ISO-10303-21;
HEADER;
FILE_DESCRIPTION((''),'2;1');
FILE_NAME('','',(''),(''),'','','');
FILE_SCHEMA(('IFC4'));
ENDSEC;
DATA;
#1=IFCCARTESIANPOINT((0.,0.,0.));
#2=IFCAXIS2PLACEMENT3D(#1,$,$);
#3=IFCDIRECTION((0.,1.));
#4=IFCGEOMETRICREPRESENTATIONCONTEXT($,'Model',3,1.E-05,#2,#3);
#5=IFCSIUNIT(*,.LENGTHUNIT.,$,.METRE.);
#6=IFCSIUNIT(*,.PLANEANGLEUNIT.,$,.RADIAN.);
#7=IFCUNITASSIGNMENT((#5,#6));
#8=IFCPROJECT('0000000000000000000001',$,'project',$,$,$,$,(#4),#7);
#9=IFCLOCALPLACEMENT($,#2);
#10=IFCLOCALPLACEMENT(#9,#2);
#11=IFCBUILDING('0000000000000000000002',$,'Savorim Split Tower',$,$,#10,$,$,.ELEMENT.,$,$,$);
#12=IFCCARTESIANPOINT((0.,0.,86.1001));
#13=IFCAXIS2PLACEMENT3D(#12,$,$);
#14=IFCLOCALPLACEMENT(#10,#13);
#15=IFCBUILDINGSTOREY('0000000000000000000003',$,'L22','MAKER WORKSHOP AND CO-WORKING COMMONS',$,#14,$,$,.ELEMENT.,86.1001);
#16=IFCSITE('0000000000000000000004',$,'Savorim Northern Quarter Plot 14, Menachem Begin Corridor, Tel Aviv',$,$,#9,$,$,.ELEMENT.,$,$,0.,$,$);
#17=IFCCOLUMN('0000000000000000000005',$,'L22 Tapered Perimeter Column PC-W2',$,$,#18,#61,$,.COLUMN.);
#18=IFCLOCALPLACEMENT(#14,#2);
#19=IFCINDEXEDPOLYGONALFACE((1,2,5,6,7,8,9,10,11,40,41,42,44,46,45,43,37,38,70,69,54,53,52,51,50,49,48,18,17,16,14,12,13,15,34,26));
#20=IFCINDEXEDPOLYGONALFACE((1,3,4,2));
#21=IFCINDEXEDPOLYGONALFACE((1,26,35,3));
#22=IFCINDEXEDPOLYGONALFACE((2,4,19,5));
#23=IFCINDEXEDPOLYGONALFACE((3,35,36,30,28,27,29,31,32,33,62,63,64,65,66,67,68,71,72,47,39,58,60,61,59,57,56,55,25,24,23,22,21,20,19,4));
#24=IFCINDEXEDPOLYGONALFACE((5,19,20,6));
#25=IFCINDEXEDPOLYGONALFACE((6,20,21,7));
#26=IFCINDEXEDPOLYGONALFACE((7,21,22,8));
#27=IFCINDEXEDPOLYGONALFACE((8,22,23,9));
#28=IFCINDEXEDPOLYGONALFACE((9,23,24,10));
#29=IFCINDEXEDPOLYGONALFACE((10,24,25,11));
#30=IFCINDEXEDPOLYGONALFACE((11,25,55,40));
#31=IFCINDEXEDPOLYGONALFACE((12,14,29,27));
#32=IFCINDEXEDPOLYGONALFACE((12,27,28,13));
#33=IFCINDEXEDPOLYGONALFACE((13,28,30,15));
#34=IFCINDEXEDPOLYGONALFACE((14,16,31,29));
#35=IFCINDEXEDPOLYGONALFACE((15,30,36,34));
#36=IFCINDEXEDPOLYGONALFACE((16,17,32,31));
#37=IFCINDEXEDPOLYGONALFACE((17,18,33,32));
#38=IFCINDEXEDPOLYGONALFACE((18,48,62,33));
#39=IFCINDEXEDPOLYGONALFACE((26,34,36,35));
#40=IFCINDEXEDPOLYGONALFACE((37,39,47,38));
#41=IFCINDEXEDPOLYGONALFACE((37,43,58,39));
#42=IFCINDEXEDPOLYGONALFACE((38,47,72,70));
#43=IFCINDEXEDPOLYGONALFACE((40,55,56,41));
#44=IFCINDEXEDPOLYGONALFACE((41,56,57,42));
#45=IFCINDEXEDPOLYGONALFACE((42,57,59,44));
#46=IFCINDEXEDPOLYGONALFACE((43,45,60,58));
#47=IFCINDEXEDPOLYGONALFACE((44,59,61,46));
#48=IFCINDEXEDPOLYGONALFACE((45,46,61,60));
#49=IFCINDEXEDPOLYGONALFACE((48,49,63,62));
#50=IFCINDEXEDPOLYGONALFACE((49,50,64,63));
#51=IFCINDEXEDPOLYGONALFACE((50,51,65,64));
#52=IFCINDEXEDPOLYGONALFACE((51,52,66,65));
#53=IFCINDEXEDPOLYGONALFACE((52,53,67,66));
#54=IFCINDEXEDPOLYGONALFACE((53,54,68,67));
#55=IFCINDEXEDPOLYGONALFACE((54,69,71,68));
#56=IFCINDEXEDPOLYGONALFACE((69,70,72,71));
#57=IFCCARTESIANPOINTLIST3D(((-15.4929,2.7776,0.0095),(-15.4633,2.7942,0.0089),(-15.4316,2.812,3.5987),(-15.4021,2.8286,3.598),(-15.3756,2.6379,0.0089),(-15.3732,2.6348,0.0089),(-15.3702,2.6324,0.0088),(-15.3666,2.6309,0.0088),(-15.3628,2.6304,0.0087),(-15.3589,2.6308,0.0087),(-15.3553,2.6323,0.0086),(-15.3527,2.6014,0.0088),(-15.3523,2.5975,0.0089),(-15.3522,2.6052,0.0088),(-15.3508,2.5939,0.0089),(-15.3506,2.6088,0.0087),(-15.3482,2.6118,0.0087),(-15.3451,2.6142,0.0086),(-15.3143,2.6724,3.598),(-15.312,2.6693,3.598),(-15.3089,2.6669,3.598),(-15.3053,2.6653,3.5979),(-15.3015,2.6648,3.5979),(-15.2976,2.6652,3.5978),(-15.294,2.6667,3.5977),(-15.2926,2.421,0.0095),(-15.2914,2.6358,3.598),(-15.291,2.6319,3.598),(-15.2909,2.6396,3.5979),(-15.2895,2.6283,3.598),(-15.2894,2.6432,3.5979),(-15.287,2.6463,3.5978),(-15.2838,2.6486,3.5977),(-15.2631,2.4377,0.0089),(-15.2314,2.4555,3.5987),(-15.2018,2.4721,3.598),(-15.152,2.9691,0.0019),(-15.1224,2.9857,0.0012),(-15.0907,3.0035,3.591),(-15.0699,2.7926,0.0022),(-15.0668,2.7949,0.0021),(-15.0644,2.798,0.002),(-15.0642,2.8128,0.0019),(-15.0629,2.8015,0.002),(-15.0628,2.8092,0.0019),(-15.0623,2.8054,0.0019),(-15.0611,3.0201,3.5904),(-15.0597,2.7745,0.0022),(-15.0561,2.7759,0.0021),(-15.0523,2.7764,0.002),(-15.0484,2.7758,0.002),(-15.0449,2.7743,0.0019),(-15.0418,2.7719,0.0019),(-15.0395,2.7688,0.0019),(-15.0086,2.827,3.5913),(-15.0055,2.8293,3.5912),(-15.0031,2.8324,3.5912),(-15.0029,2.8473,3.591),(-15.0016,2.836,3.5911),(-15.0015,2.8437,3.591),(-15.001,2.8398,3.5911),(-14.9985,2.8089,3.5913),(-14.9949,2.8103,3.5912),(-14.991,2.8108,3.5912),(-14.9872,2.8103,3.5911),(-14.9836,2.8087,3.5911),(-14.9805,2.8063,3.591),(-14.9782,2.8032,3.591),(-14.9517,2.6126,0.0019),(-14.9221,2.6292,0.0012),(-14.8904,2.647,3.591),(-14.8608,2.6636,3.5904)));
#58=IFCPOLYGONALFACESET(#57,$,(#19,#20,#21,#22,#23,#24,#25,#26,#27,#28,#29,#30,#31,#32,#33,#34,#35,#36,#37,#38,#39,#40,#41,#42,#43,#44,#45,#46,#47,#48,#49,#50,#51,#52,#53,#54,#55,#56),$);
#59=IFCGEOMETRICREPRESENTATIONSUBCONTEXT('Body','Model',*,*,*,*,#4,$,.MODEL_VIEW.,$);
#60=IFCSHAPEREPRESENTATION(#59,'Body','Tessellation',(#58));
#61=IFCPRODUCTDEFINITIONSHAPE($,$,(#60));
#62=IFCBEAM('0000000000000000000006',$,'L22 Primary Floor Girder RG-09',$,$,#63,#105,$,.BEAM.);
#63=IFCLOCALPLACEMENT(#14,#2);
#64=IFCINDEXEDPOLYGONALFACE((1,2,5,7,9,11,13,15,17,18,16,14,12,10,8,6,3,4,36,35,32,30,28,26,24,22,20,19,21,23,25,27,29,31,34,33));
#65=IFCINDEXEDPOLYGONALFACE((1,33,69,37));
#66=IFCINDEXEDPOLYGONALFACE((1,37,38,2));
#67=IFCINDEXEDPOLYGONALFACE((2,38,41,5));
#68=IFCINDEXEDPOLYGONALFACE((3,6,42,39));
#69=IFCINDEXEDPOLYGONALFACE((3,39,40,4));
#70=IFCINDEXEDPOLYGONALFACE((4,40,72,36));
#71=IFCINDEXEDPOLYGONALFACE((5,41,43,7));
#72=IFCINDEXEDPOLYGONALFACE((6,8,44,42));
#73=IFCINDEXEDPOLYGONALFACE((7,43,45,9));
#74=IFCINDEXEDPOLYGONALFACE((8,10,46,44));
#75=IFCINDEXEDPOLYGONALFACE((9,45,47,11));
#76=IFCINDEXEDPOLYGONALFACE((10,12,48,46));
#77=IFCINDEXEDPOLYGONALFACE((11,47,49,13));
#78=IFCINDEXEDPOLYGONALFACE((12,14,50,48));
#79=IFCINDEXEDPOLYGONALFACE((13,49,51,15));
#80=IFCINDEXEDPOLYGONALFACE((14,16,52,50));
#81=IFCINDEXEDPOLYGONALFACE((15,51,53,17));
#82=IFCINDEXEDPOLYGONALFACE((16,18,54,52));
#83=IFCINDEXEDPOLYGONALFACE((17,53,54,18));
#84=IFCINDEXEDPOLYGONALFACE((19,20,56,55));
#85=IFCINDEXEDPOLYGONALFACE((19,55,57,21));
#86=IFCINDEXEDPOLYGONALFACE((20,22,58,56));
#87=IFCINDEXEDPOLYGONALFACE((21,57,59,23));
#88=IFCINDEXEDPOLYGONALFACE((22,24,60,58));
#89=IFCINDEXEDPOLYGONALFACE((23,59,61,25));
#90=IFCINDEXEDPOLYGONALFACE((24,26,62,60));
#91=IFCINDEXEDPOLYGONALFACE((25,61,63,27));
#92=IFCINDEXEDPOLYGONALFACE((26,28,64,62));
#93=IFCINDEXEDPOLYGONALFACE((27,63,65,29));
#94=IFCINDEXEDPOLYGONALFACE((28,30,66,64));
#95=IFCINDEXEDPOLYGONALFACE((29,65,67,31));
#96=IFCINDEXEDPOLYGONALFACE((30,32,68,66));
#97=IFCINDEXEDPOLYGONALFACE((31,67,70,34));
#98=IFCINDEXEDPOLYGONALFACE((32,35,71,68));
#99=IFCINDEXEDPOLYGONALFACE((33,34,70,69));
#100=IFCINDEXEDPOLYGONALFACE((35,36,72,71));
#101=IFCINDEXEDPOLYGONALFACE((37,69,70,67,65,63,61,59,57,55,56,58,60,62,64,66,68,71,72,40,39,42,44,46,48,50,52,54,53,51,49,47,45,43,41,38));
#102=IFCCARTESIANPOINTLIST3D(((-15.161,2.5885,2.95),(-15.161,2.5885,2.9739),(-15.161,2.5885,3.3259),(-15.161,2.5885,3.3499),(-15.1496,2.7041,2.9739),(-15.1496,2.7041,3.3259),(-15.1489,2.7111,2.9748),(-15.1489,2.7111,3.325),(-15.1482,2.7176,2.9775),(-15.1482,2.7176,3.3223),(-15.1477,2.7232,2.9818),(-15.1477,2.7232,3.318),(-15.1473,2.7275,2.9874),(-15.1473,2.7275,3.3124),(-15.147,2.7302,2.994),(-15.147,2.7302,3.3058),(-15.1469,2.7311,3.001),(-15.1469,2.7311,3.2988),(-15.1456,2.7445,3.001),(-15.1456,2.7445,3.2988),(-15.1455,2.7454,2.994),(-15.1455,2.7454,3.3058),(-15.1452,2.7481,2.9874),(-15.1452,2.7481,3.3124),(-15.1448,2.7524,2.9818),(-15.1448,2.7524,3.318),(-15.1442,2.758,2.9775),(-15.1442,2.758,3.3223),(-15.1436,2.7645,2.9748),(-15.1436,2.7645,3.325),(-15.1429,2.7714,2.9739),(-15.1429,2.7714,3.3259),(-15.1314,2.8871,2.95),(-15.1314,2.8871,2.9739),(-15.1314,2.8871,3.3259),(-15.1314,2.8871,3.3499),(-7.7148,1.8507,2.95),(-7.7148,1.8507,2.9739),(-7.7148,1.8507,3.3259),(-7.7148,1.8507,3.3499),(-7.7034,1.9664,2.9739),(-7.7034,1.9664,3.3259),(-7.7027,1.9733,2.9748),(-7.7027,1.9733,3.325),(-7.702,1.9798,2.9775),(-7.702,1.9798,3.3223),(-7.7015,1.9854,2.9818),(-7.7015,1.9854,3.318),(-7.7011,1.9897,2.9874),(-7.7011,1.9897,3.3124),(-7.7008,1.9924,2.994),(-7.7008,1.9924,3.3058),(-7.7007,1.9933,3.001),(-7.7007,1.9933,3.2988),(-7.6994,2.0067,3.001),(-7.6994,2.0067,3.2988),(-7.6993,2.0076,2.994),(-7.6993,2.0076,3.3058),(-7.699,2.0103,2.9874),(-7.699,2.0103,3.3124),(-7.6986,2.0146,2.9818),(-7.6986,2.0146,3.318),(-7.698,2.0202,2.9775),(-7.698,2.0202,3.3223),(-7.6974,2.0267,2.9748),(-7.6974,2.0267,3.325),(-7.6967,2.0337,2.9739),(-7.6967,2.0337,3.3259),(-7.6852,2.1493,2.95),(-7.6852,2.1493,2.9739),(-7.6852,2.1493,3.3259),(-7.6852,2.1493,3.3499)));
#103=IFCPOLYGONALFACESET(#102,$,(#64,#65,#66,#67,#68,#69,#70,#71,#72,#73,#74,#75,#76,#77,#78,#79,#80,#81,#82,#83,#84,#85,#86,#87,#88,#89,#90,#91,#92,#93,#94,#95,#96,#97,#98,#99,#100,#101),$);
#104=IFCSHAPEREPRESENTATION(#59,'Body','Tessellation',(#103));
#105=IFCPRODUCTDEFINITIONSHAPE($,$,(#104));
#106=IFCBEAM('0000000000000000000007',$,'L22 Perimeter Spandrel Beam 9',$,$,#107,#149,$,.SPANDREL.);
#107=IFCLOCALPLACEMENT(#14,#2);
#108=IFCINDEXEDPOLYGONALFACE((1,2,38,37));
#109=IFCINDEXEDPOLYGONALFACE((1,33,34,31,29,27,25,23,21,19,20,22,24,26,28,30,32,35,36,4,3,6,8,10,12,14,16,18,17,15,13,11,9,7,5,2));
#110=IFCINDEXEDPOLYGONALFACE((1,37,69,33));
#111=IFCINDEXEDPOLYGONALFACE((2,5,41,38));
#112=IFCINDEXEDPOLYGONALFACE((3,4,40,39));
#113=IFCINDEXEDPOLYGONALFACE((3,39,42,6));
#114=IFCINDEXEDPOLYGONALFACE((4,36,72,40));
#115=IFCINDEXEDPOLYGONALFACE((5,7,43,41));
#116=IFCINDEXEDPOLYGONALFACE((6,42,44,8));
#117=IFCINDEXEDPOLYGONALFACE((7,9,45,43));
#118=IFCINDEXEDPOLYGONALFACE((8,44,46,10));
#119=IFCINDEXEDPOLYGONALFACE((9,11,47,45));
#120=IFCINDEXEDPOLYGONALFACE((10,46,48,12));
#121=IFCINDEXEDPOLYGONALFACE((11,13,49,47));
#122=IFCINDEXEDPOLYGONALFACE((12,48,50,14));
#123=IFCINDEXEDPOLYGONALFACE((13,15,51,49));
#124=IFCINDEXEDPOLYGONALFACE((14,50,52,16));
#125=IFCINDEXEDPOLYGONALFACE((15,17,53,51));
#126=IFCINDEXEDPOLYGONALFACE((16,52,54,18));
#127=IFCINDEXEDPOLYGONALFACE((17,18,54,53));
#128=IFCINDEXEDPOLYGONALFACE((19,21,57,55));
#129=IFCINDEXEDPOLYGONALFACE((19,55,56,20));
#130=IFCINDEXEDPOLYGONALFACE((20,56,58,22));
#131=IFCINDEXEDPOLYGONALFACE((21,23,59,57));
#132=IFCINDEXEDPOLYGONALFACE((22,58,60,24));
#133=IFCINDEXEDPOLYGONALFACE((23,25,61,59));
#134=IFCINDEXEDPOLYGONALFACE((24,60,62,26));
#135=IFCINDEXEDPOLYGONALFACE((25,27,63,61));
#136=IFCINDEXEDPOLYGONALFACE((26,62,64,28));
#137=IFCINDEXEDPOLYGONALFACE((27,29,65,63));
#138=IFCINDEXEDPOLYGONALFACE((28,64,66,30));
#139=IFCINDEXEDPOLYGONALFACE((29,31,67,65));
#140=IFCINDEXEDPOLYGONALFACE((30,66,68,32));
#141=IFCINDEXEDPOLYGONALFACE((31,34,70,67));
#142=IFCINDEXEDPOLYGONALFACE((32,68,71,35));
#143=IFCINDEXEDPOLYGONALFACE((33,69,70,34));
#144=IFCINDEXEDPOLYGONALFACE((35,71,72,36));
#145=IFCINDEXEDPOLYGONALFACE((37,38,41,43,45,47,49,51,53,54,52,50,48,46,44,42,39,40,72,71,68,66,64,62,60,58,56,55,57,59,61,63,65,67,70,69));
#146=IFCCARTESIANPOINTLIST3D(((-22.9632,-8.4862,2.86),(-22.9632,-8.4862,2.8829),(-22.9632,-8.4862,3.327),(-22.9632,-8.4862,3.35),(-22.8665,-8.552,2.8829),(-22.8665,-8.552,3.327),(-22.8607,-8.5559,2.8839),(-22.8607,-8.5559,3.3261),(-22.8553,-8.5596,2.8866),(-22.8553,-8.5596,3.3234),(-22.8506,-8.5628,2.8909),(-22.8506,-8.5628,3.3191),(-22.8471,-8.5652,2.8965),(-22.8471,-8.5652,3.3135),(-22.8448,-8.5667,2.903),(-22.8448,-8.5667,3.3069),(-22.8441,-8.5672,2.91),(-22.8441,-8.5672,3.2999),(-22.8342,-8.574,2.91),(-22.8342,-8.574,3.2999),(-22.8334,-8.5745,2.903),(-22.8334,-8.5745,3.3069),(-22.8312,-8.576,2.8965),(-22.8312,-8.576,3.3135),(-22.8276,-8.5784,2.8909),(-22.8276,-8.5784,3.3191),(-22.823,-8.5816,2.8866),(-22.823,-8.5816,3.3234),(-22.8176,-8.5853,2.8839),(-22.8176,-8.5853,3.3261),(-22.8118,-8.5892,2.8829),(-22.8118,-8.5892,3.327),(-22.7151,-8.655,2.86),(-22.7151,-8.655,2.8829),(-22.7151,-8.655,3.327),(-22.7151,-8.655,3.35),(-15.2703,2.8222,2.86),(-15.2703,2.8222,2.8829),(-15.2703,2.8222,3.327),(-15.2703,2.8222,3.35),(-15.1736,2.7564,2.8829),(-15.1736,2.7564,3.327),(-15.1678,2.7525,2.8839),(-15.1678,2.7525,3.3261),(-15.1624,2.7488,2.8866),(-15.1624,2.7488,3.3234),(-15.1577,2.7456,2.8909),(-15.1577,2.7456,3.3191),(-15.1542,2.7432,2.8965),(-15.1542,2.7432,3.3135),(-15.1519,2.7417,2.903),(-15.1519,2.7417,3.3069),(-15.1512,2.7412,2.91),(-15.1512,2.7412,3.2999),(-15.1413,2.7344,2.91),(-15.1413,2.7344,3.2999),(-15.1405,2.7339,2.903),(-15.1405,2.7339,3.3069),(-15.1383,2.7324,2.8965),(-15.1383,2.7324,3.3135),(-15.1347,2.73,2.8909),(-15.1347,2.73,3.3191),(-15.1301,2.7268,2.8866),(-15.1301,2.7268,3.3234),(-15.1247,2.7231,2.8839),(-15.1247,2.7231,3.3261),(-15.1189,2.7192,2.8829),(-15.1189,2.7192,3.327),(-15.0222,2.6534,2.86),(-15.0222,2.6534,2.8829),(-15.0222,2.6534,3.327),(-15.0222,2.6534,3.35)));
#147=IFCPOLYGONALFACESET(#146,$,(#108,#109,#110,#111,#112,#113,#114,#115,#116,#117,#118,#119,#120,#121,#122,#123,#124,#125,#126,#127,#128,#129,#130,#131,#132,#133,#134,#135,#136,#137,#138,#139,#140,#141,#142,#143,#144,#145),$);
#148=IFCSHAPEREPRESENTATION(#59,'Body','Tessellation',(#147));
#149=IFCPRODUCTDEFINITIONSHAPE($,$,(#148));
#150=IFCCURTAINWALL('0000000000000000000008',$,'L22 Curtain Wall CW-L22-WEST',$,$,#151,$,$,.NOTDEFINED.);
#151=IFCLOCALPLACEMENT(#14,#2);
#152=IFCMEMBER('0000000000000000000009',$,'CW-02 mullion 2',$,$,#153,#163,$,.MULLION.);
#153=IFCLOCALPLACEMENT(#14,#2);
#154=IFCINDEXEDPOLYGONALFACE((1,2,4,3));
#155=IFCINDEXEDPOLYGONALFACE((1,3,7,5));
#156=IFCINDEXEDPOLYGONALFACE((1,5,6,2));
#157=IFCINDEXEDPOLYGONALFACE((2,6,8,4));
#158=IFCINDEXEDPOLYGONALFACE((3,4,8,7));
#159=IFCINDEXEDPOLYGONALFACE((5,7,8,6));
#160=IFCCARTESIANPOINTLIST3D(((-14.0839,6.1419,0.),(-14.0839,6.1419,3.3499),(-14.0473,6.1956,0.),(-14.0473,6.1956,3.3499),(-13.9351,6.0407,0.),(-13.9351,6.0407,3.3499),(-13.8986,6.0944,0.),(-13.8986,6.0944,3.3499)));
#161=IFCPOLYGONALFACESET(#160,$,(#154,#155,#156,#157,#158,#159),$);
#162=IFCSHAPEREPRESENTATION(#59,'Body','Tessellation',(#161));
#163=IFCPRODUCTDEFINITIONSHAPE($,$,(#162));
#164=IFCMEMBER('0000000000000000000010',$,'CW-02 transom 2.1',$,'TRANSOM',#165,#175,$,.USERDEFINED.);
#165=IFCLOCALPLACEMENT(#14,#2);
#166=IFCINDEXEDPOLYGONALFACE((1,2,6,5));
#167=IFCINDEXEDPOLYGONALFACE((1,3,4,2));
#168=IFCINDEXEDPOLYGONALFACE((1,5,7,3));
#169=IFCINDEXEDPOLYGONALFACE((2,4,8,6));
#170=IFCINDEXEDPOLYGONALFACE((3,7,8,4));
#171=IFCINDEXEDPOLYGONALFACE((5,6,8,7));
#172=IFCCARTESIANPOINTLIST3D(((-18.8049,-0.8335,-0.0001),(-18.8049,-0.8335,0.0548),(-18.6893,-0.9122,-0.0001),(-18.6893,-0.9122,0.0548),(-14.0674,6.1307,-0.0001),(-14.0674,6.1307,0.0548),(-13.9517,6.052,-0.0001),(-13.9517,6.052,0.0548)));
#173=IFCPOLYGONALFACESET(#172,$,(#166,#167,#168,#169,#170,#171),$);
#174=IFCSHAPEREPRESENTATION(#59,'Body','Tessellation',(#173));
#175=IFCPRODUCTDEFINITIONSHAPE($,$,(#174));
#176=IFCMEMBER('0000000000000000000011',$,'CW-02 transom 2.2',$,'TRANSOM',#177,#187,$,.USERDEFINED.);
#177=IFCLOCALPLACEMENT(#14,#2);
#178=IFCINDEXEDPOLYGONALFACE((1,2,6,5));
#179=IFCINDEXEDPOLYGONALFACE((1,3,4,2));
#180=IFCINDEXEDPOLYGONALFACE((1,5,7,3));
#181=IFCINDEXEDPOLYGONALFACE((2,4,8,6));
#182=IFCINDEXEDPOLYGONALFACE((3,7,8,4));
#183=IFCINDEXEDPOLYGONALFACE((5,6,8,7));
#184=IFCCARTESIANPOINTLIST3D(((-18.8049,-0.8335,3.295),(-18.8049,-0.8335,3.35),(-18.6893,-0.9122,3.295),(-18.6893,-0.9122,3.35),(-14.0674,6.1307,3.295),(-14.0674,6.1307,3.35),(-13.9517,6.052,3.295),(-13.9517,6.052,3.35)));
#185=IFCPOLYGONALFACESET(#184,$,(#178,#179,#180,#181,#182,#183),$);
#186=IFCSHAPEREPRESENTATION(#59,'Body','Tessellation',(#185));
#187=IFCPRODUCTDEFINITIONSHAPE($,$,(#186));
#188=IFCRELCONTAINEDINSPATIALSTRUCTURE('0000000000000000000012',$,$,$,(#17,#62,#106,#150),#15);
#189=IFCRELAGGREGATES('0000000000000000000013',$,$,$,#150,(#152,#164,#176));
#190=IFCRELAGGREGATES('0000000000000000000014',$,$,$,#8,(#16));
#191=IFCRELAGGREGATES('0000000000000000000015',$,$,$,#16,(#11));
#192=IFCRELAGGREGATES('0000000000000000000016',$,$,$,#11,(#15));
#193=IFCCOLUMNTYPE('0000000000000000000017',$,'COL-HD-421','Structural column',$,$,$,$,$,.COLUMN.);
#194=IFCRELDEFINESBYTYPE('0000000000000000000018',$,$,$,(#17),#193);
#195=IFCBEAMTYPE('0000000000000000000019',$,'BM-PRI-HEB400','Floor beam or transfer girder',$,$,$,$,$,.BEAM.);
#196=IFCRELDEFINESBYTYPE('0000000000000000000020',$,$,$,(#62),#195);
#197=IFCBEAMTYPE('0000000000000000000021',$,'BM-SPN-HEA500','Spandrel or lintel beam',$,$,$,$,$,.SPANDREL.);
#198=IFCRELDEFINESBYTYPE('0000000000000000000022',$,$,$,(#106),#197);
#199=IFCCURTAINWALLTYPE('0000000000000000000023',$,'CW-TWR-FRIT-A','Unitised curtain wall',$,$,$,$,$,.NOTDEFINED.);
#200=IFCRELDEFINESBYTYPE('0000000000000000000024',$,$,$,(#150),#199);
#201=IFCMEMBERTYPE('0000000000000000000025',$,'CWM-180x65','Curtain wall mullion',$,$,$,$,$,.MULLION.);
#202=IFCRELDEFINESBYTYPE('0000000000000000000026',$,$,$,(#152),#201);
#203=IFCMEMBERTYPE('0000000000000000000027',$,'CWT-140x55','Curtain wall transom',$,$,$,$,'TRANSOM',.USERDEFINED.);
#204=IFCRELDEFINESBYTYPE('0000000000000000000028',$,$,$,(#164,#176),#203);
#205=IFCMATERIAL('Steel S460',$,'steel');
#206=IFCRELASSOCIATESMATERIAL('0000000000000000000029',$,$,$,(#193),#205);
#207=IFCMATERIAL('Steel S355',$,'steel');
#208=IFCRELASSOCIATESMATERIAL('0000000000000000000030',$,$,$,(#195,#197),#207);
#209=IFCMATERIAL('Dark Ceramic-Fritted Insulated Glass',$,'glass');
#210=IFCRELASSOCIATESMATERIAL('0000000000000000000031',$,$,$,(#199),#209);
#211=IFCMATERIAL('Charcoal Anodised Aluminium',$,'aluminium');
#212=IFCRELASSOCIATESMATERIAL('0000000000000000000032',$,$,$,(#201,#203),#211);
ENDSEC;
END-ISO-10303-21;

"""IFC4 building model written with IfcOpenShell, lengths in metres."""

from ifc_helpers import new_model, si_unit, direction, frame, origin, origin_2d, place, context, subcontext, project, spatial, rectangle, i_section, extrude, material, material_profile, profile_set, type_object, element, aggregate, save


model = new_model("IFC4")

# Units and contexts
model_context = context("Model", 3, precision=1e-05, world=origin(), true_north=direction((0.0, 1.0)))
body_context = subcontext(model_context, "Body", "Model", "MODEL_VIEW")
ifc_project = project(units=[si_unit("LENGTHUNIT", "METRE"), si_unit("PLANEANGLEUNIT", "RADIAN")], contexts=[model_context])

# Site, building, storey
site_placement = place(None, origin())
site = spatial("IfcSite", under=ifc_project, at=site_placement, Name="Savorim Northern Quarter Plot 14, Menachem Begin Corridor, Tel Aviv", CompositionType="ELEMENT", RefElevation=0.0)
building_placement = place(site_placement, origin())
building = spatial("IfcBuilding", under=site, at=building_placement, Name="Savorim Split Tower", CompositionType="ELEMENT")
storey_placement = place(building_placement, frame((0.0, 0.0, 86.1001)))
storey = spatial("IfcBuildingStorey", under=building, at=storey_placement, Name="L22", Description="MAKER WORKSHOP AND CO-WORKING COMMONS", CompositionType="ELEMENT", Elevation=86.1001)

# Column
ifc_material_1 = material(Name="Steel S460", Category="steel")
ifc_material_profile_1 = material_profile(ifc_material_1, i_section(OverallWidth=0.4089, OverallDepth=0.425, WebThickness=0.0208, FlangeThickness=0.0339, FilletRadius=0.0149, at=origin_2d()), Name="HD 400x421")
ifc_profile_set_1 = profile_set([ifc_material_profile_1], Name="Steel S460")
column_type = type_object("IfcColumnType", Name="COL-HD-421", Description="Structural column", PredefinedType="COLUMN", material=ifc_profile_set_1)
column_placement = place(storey_placement, frame((-15.2075, 2.7034, 0.0054), z_axis=(0.01707, 0.009589, 0.999808), x_axis=(-0.489766, 0.871854, 0.0)))
element("IfcColumn", 1, at=column_placement, inside=storey, type_object=column_type, Name="L22 Tapered Perimeter Column PC-W2", PredefinedType="COLUMN", context=body_context, shape_type="SweptSolid", body=[
    extrude(i_section(OverallWidth=0.4089, OverallDepth=0.425, WebThickness=0.0208, FlangeThickness=0.0339, FilletRadius=0.0149, at=origin_2d()), origin(), (0.0, 0.0, 1.0), 3.5898),
])

# Beams
ifc_material_2 = material(Name="Steel S355", Category="steel")
ifc_material_profile_2 = material_profile(ifc_material_2, i_section(OverallWidth=0.3, OverallDepth=0.3999, WebThickness=0.0134, FlangeThickness=0.0239, FilletRadius=0.0271, at=origin_2d()), Name="HEB 400")
ifc_profile_set_2 = profile_set([ifc_material_profile_2], Name="Steel S355")
beam_type_1 = type_object("IfcBeamType", Name="BM-PRI-HEB400", Description="Floor beam or transfer girder", PredefinedType="BEAM", material=ifc_profile_set_2)
beam_1_placement = place(storey_placement, frame((-15.1462, 2.7378, 3.1499), z_axis=(0.995127, -0.098599, 0.0), x_axis=(0.098599, 0.995127, 0.0)))
element("IfcBeam", 2, at=beam_1_placement, inside=storey, type_object=beam_type_1, Name="L22 Primary Floor Girder RG-09", PredefinedType="BEAM", context=body_context, shape_type="SweptSolid", body=[
    extrude(i_section(OverallWidth=0.3, OverallDepth=0.3999, WebThickness=0.0134, FlangeThickness=0.0239, FilletRadius=0.0271, at=origin_2d()), origin(), (0.0, 0.0, 1.0), 7.4827),
])
ifc_material_profile_3 = material_profile(ifc_material_2, i_section(OverallWidth=0.3, OverallDepth=0.49, WebThickness=0.012, FlangeThickness=0.0229, FilletRadius=0.0271, at=origin_2d()), Name="HEA 500")
ifc_profile_set_3 = profile_set([ifc_material_profile_3], Name="Steel S355")
beam_type_2 = type_object("IfcBeamType", Name="BM-SPN-HEA500", Description="Spandrel or lintel beam", PredefinedType="SPANDREL", material=ifc_profile_set_3)
beam_2_placement = place(storey_placement, frame((-15.1462, 2.7378, 3.105), z_axis=(-0.56247, -0.826818, 0.0), x_axis=(0.826818, -0.56247, 0.0)))
element("IfcBeam", 3, at=beam_2_placement, inside=storey, type_object=beam_type_2, Name="L22 Perimeter Spandrel Beam 9", PredefinedType="SPANDREL", context=body_context, shape_type="SweptSolid", body=[
    extrude(i_section(OverallWidth=0.3, OverallDepth=0.49, WebThickness=0.012, FlangeThickness=0.0229, FilletRadius=0.0271, at=origin_2d()), origin(), (0.0, 0.0, 1.0), 13.677),
])

# Curtain wall, members
ifc_material_3 = material(Name="Dark Ceramic-Fritted Insulated Glass", Category="glass")
curtain_wall_type = type_object("IfcCurtainWallType", Name="CW-TWR-FRIT-A", Description="Unitised curtain wall", PredefinedType="NOTDEFINED", material=ifc_material_3)
curtain_wall_placement = place(storey_placement, origin())
curtain_wall = element("IfcCurtainWall", 4, at=curtain_wall_placement, inside=storey, type_object=curtain_wall_type, Name="L22 Curtain Wall CW-L22-WEST", PredefinedType="NOTDEFINED")
ifc_material_4 = material(Name="Charcoal Anodised Aluminium", Category="aluminium")
ifc_material_profile_4 = material_profile(ifc_material_4, rectangle(XDim=0.1799, YDim=0.0649, at=origin_2d()), Name="ALU-M 180x65")
ifc_profile_set_4 = profile_set([ifc_material_profile_4], Name="Charcoal Anodised Aluminium")
member_type_1 = type_object("IfcMemberType", Name="CWM-180x65", Description="Curtain wall mullion", PredefinedType="MULLION", material=ifc_profile_set_4)
member_1_placement = place(storey_placement, frame((-13.9912, 6.1182, 0.0), z_axis=(0.0, 0.0, 1.0), x_axis=(0.826819, -0.562468, 0.0)))
member_1 = element("IfcMember", 5, at=member_1_placement, type_object=member_type_1, Name="CW-02 mullion 2", PredefinedType="MULLION", context=body_context, shape_type="SweptSolid", body=[
    extrude(rectangle(XDim=0.1799, YDim=0.0649, at=origin_2d()), origin(), (0.0, 0.0, 1.0), 3.3499),
])
ifc_material_profile_5 = material_profile(ifc_material_4, rectangle(XDim=0.1399, YDim=0.0549, at=origin_2d()), Name="ALU-T 140x55")
ifc_profile_set_5 = profile_set([ifc_material_profile_5], Name="Charcoal Anodised Aluminium")
member_type_2 = type_object("IfcMemberType", Name="CWT-140x55", Description="Curtain wall transom", ElementType="TRANSOM", PredefinedType="USERDEFINED", material=ifc_profile_set_5)
member_2_placement = place(storey_placement, frame((-14.0095, 6.0913, 0.0273), z_axis=(-0.562469, -0.826819, 0.0), x_axis=(0.826819, -0.562469, 0.0)))
member_2 = element("IfcMember", 6, at=member_2_placement, type_object=member_type_2, Name="CW-02 transom 2.1", ObjectType="TRANSOM", PredefinedType="USERDEFINED", context=body_context, shape_type="SweptSolid", body=[
    extrude(rectangle(XDim=0.1399, YDim=0.0549, at=origin_2d()), origin(), (0.0, 0.0, 1.0), 8.4229),
])
member_3_placement = place(storey_placement, frame((-14.0095, 6.0913, 3.3225), z_axis=(-0.562469, -0.826819, 0.0), x_axis=(0.826819, -0.562469, 0.0)))
member_3 = element("IfcMember", 7, at=member_3_placement, type_object=member_type_2, Name="CW-02 transom 2.2", ObjectType="TRANSOM", PredefinedType="USERDEFINED", context=body_context, shape_type="SweptSolid", body=[
    extrude(rectangle(XDim=0.1399, YDim=0.0549, at=origin_2d()), origin(), (0.0, 0.0, 1.0), 8.4229),
])
aggregate(curtain_wall, [member_1, member_2, member_3])

save(model, "model.ifc")
